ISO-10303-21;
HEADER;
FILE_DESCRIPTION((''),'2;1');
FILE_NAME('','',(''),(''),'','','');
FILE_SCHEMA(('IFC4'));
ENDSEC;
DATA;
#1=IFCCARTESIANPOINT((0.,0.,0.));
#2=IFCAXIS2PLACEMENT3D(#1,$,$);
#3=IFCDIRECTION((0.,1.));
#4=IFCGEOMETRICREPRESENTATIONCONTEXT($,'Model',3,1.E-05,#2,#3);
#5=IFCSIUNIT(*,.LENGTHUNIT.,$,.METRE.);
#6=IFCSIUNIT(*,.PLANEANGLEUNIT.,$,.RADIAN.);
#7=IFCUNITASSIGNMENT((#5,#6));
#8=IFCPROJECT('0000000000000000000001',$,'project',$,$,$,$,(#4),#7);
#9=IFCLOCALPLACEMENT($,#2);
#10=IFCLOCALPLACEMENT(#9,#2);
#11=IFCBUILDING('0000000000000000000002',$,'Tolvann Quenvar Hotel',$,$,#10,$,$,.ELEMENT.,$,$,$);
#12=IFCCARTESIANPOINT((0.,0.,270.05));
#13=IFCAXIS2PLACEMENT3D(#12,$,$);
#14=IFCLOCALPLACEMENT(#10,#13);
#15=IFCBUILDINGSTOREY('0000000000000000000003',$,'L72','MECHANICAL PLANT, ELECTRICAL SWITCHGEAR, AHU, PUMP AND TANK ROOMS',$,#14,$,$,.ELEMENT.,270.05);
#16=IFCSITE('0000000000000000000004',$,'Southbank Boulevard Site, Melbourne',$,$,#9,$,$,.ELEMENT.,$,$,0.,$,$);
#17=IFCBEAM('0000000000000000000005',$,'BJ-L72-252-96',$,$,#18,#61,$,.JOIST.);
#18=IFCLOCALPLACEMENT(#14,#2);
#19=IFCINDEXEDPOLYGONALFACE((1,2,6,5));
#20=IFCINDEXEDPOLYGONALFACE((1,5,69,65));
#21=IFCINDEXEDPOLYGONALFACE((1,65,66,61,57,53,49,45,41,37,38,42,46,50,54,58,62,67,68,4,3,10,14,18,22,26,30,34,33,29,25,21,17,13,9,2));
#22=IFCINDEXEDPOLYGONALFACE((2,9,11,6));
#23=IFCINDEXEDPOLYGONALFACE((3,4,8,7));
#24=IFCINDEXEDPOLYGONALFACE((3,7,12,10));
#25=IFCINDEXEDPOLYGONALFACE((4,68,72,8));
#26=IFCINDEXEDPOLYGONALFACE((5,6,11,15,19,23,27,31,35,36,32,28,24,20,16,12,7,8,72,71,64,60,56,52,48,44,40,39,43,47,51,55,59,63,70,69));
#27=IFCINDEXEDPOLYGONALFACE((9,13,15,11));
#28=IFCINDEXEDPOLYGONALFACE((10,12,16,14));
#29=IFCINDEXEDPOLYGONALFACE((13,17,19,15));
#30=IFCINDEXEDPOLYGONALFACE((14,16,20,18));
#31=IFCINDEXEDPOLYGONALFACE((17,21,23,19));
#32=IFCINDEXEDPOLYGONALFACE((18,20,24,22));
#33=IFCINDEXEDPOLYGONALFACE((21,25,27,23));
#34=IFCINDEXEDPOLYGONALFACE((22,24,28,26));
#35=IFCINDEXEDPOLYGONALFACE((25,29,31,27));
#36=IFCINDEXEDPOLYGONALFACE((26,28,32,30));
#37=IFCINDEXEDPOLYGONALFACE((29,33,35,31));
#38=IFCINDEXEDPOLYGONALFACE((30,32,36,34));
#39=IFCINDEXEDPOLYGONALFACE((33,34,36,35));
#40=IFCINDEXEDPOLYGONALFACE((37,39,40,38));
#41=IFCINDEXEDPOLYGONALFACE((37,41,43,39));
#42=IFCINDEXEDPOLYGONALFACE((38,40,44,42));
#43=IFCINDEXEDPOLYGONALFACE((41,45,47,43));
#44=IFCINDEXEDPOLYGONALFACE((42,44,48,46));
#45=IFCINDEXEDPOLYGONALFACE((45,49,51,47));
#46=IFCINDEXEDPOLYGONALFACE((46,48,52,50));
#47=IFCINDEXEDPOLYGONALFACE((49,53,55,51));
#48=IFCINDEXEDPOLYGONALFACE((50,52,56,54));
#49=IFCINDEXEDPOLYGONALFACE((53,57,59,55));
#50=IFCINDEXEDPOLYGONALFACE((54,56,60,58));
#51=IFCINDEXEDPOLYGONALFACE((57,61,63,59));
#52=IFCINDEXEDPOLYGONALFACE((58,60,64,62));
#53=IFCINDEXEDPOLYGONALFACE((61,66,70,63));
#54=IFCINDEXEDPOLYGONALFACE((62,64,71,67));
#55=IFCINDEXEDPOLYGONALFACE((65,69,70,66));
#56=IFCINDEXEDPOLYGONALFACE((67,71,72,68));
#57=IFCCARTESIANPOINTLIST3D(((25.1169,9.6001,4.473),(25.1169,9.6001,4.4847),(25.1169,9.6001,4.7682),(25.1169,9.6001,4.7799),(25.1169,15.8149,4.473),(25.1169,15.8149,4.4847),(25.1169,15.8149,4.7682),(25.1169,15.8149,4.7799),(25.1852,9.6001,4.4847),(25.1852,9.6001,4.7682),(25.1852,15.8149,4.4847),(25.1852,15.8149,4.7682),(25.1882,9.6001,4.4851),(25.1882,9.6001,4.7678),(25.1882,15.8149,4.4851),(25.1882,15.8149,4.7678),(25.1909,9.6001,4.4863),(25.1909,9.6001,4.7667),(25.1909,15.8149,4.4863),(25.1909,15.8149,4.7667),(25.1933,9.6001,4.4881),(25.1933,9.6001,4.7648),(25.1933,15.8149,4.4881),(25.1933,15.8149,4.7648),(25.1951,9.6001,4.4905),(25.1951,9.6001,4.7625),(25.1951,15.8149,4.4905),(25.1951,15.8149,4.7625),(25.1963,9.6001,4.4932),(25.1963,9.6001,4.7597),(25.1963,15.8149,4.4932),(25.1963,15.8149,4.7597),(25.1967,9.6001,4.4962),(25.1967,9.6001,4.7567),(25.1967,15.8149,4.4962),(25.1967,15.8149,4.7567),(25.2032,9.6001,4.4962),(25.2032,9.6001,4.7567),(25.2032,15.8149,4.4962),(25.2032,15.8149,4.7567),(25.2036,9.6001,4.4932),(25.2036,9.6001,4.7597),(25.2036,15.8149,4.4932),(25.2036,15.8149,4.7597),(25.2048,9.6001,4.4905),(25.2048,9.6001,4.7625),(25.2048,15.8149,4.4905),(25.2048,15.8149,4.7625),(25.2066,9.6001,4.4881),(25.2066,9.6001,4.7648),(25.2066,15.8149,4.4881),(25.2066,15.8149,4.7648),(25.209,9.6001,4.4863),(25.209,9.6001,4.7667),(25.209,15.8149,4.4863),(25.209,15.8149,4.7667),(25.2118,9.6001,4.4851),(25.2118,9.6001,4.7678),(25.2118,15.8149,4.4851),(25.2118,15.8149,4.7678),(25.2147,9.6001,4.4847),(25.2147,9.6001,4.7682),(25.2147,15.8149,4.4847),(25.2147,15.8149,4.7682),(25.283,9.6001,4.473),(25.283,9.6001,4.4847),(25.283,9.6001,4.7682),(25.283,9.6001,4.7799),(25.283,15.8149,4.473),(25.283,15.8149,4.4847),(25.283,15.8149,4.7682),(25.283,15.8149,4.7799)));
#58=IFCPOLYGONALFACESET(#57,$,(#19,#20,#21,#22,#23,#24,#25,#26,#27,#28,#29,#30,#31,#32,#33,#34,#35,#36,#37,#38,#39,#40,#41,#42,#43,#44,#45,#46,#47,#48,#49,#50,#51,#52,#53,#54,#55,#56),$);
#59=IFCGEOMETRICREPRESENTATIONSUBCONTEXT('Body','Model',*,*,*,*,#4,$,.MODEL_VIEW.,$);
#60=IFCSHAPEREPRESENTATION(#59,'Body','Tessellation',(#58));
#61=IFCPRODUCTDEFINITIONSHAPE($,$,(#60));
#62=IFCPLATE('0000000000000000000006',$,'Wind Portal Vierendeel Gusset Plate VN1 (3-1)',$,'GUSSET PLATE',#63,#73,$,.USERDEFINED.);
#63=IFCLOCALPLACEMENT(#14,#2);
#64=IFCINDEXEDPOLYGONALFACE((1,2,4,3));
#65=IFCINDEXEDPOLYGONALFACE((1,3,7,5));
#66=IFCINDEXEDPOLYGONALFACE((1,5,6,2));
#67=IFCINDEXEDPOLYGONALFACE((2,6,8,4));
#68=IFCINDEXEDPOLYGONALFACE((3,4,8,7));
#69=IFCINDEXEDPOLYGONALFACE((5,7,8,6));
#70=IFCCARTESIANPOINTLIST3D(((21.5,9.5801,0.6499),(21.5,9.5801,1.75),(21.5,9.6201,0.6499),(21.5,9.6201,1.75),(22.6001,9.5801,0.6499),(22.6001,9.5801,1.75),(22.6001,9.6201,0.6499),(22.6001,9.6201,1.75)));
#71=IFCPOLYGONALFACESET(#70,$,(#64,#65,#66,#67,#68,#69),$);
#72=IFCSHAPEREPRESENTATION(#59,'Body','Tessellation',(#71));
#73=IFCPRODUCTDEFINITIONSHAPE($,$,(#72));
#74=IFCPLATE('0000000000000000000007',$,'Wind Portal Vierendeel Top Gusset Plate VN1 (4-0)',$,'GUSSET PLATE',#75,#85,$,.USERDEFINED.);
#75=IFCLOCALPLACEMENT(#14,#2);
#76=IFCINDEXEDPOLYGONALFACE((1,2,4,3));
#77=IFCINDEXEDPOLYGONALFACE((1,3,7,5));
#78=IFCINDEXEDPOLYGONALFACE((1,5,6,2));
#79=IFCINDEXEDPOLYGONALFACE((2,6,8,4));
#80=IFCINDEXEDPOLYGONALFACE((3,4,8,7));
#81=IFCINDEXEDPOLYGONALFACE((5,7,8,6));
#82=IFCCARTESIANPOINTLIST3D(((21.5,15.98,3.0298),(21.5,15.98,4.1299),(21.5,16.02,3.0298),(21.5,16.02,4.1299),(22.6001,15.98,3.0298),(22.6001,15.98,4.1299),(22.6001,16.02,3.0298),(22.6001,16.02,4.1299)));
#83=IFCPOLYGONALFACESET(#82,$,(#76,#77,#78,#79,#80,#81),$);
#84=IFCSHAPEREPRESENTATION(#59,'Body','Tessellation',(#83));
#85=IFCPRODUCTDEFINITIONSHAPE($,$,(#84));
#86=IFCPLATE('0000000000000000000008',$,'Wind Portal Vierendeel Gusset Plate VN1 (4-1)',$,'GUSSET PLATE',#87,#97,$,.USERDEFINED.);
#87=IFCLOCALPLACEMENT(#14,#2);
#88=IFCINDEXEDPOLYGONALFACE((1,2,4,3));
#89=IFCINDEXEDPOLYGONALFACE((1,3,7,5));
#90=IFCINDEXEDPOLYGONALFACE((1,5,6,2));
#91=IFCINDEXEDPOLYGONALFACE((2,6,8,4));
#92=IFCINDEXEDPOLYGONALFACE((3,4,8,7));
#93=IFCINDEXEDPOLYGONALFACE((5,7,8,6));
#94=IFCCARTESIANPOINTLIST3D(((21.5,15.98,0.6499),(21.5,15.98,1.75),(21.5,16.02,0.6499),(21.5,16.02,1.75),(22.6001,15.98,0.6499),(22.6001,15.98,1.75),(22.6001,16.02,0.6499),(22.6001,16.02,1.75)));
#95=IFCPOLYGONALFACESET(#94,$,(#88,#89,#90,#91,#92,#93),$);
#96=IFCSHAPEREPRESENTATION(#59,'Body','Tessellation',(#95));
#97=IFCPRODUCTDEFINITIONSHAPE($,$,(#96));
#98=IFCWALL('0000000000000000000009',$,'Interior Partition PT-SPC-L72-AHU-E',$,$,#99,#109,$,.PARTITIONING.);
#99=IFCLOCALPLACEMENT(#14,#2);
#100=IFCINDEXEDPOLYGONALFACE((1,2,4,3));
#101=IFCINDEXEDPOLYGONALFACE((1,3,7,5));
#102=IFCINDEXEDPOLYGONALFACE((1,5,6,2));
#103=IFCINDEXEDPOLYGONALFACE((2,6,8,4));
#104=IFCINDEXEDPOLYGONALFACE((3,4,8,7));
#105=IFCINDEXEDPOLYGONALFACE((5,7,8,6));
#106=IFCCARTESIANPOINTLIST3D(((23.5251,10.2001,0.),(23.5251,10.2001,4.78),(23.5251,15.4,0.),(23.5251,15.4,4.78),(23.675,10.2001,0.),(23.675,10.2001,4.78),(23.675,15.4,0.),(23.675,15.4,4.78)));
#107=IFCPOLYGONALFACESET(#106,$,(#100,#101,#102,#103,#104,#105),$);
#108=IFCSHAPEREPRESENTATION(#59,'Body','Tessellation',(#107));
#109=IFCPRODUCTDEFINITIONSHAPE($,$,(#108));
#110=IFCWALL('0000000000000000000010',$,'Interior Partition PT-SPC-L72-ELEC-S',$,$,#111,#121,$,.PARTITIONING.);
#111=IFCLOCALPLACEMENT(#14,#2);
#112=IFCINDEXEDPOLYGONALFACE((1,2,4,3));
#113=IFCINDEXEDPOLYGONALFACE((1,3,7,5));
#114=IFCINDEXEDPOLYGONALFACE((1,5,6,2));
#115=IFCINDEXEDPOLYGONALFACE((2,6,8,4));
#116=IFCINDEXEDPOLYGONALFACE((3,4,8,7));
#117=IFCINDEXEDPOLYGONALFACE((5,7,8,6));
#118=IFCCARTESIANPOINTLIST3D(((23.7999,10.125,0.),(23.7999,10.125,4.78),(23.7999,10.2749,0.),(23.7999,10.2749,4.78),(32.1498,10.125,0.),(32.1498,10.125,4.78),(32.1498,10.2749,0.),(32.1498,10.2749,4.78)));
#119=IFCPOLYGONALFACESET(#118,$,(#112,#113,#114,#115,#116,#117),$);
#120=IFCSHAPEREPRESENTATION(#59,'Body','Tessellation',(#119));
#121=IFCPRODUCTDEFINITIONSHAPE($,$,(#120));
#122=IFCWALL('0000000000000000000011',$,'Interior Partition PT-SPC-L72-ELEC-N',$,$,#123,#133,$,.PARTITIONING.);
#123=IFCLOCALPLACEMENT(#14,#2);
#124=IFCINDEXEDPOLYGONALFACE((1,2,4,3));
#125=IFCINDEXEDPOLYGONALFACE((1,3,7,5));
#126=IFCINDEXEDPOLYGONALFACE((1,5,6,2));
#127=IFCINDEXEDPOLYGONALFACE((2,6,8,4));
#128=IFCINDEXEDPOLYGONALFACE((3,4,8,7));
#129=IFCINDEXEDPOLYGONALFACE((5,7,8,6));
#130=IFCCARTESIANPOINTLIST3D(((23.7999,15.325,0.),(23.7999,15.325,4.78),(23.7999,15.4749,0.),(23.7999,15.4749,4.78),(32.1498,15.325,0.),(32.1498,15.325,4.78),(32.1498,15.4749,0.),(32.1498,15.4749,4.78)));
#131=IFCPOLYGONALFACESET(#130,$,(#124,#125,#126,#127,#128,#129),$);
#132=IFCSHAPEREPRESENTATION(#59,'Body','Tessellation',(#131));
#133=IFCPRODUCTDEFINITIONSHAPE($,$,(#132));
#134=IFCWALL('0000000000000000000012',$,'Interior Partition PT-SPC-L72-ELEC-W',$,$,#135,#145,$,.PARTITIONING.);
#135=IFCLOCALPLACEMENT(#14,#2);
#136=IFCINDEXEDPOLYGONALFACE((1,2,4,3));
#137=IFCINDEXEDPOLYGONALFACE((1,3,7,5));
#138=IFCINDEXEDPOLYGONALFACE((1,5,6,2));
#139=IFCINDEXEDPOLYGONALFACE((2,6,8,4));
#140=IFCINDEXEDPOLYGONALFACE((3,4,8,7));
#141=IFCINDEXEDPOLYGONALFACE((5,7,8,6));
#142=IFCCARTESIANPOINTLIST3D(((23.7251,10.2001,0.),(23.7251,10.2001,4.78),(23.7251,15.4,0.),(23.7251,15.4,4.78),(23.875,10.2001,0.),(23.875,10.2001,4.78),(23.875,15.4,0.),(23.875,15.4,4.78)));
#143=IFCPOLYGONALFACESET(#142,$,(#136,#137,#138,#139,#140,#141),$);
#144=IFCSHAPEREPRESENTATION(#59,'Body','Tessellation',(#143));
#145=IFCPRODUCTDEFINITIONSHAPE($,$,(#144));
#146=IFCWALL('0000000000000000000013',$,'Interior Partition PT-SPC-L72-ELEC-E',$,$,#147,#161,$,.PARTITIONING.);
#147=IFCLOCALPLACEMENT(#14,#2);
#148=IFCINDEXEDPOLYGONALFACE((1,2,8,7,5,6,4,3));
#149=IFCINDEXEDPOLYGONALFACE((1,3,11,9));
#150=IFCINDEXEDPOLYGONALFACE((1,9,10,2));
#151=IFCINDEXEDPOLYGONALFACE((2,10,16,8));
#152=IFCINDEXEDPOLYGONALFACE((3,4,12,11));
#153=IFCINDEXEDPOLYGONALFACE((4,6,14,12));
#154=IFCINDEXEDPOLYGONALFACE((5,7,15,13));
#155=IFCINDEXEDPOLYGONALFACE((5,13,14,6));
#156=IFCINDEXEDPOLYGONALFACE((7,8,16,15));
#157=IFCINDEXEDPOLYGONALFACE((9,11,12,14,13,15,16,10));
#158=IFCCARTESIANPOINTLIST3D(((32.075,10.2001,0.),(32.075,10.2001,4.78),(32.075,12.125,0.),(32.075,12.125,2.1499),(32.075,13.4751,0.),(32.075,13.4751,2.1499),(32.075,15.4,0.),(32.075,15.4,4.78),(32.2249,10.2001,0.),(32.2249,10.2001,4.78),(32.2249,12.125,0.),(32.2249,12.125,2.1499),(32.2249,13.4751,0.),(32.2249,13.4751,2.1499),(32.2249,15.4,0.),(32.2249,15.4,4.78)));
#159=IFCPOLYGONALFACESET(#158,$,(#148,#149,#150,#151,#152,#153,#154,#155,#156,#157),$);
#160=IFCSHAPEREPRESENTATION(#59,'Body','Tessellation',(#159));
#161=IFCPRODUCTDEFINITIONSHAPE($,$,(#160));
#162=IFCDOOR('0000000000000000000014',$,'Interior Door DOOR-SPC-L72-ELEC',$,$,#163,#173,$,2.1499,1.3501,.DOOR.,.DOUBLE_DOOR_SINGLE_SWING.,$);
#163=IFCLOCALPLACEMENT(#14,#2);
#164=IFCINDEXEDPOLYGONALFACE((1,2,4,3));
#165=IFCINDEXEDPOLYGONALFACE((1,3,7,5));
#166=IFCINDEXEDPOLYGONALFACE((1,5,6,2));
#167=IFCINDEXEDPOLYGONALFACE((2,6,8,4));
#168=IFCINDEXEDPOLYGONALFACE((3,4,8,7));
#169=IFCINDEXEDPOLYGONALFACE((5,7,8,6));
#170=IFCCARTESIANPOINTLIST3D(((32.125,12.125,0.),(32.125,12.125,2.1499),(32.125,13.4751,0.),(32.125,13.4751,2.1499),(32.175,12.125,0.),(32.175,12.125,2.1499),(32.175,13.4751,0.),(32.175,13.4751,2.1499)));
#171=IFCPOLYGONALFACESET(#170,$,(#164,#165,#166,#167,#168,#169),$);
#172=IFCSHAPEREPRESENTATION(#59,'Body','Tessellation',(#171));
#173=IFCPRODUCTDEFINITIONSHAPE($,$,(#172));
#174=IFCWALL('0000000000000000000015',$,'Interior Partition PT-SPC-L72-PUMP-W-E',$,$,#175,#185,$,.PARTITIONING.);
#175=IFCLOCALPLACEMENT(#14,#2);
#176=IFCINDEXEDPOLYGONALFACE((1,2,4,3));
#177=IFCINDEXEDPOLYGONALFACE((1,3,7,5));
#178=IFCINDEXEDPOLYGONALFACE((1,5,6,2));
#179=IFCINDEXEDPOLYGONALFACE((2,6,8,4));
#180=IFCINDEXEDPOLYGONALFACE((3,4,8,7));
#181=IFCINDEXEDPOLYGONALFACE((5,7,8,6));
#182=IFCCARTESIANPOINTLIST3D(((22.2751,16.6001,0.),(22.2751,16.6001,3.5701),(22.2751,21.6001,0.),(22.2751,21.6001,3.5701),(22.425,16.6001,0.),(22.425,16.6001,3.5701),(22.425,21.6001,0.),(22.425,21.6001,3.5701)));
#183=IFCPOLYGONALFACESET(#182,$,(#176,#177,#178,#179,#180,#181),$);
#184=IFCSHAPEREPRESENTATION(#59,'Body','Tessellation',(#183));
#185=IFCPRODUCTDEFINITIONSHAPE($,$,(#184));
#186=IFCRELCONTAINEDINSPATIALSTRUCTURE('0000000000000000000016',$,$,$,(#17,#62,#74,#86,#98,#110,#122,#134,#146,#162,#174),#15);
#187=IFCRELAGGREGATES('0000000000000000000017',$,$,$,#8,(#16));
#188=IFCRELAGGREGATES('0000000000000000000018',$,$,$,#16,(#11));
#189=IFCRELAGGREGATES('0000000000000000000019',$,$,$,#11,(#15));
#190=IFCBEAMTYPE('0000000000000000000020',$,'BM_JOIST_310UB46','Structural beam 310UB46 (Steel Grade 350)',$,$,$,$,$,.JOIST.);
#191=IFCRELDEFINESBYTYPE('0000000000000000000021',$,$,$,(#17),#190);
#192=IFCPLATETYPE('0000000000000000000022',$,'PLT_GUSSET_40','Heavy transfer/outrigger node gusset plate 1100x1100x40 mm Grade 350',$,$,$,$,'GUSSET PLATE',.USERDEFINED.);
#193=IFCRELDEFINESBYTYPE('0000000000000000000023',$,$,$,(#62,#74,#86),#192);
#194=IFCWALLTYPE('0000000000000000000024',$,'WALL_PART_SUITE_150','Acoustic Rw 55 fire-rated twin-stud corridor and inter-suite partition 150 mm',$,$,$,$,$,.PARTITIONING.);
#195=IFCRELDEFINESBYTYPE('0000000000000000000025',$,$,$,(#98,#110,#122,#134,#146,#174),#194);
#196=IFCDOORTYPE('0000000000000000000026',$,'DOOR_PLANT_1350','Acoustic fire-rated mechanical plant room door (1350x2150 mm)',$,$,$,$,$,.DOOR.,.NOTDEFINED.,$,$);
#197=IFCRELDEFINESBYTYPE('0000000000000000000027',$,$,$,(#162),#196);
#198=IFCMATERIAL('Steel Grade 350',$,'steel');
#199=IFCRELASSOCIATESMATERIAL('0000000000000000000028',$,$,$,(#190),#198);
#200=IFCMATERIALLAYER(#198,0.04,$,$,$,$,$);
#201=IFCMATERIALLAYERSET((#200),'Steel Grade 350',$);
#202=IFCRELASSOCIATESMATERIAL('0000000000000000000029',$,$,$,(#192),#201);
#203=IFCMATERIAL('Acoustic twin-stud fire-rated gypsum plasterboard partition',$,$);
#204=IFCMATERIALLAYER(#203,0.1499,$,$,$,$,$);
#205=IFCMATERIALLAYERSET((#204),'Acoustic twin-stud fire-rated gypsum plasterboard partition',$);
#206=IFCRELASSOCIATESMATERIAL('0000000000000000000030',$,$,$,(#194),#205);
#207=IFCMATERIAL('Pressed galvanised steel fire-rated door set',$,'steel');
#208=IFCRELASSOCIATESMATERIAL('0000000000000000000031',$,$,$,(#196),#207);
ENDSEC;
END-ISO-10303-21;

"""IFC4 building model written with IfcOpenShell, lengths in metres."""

from ifc_helpers import new_model, si_unit, direction, frame, frame_2d, origin, origin_2d, place, context, subcontext, project, spatial, rectangle, i_section, extrude, source, transform, mapped, material, layer, layer_set, material_profile, profile_set, type_object, type_shapes, element, fill, save


model = new_model("IFC4")

# Units and contexts
model_context = context("Model", 3, precision=1e-05, world=origin(), true_north=direction((0.0, 1.0)))
body_context = subcontext(model_context, "Body", "Model", "MODEL_VIEW")
ifc_project = project(units=[si_unit("LENGTHUNIT", "METRE"), si_unit("PLANEANGLEUNIT", "RADIAN")], contexts=[model_context])

# Site, building, storey
site_placement = place(None, origin())
site = spatial("IfcSite", under=ifc_project, at=site_placement, Name="Southbank Boulevard Site, Melbourne", CompositionType="ELEMENT", RefElevation=0.0)
building_placement = place(site_placement, origin())
building = spatial("IfcBuilding", under=site, at=building_placement, Name="Tolvann Quenvar Hotel", CompositionType="ELEMENT")
storey_placement = place(building_placement, frame((0.0, 0.0, 270.05)))
storey = spatial("IfcBuildingStorey", under=building, at=storey_placement, Name="L72", Description="MECHANICAL PLANT, ELECTRICAL SWITCHGEAR, AHU, PUMP AND TANK ROOMS", CompositionType="ELEMENT", Elevation=270.05)

# Shared definitions
ifc_material_1 = material(Name="Steel Grade 350", Category="steel")

# Shared definitions
ifc_material_profile_1 = material_profile(ifc_material_1, i_section(OverallWidth=0.166, OverallDepth=0.3069, WebThickness=0.0066, FlangeThickness=0.0117, FilletRadius=0.0115, at=origin_2d()), Name="310UB46")
ifc_profile_set_1 = profile_set([ifc_material_profile_1], Name="Steel Grade 350")
beam_type_1 = type_object("IfcBeamType", Name="BM_JOIST_310UB46", Description="Structural beam 310UB46 (Steel Grade 350)", PredefinedType="JOIST", material=ifc_profile_set_1)

# Beam
shared_shape_1 = source(origin(), body_context, "Body", "SweptSolid", [
    extrude(i_section(OverallWidth=0.166, OverallDepth=0.3069, WebThickness=0.0066, FlangeThickness=0.0117, FilletRadius=0.0115, at=origin_2d()), origin(), (0.0, 0.0, 1.0), 6.2148),
])
beam_1_placement = place(storey_placement, frame((25.2, 9.6001, 4.6265), z_axis=(0.0, 1.0, 0.0), x_axis=(-1.0, 0.0, 0.0)))
element("IfcBeam", 1, at=beam_1_placement, inside=storey, type_object=beam_type_1, Name="BJ-L72-252-96", PredefinedType="JOIST", context=body_context, shape_type="MappedRepresentation", body=[
    mapped(shared_shape_1, transform((0.0, 0.0, 0.0), x_axis=(1.0, 0.0, 0.0), y_axis=(0.0, 1.0, 0.0), z_axis=(0.0, 0.0, 1.0), scale=1.0)),
])

# Plates
ifc_layer_1 = layer(ifc_material_1, 0.04)
ifc_layer_set_1 = layer_set([ifc_layer_1], Name="Steel Grade 350")
plate_type = type_object("IfcPlateType", Name="PLT_GUSSET_40", Description="Heavy transfer/outrigger node gusset plate 1100x1100x40 mm Grade 350", ElementType="GUSSET PLATE", PredefinedType="USERDEFINED", material=ifc_layer_set_1)
shared_shape_2 = source(origin(), body_context, "Body", "SweptSolid", [
    extrude(rectangle(XDim=1.1001, YDim=0.04, at=origin_2d()), origin(), (0.0, 0.0, 1.0), 1.1001),
])
type_shapes(plate_type, [shared_shape_2])
for number, where, z_axis, x_axis, name in (
    (2, (22.05, 9.6001, 0.6499), (0.0, 0.0, 1.0), (1.0, 0.0, 0.0), "Wind Portal Vierendeel Gusset Plate VN1 (3-1)"),
    (3, (22.05, 16.0, 3.0298), (0.0, 0.0, 1.0), (1.0, 0.0, 0.0), "Wind Portal Vierendeel Top Gusset Plate VN1 (4-0)"),
    (4, (22.05, 16.0, 0.6499), (0.0, 0.0, 1.0), (1.0, 0.0, 0.0), "Wind Portal Vierendeel Gusset Plate VN1 (4-1)"),
):
    element("IfcPlate", number, at=place(storey_placement, frame(where, z_axis=z_axis, x_axis=x_axis)), inside=storey, type_object=plate_type, Name=name, ObjectType="GUSSET PLATE", PredefinedType="USERDEFINED", context=body_context, shape_type="MappedRepresentation", body=[
        mapped(shared_shape_2, transform((0.0, 0.0, 0.0), x_axis=(1.0, 0.0, 0.0), y_axis=(0.0, 1.0, 0.0), z_axis=(0.0, 0.0, 1.0), scale=1.0)),
    ])

# Walls
ifc_material_2 = material(Name="Acoustic twin-stud fire-rated gypsum plasterboard partition")
ifc_layer_2 = layer(ifc_material_2, 0.1499)
ifc_layer_set_2 = layer_set([ifc_layer_2], Name="Acoustic twin-stud fire-rated gypsum plasterboard partition")
wall_type = type_object("IfcWallType", Name="WALL_PART_SUITE_150", Description="Acoustic Rw 55 fire-rated twin-stud corridor and inter-suite partition 150 mm", PredefinedType="PARTITIONING", material=ifc_layer_set_2)
wall_1_placement = place(storey_placement, frame((23.6001, 10.2, 0.0), z_axis=(0.0, 0.0, 1.0), x_axis=(0.0, 1.0, 0.0)))
element("IfcWall", 5, at=wall_1_placement, inside=storey, type_object=wall_type, Name="Interior Partition PT-SPC-L72-AHU-E", PredefinedType="PARTITIONING", context=body_context, shape_type="SweptSolid", body=[
    extrude(rectangle(XDim=5.2, YDim=0.1499, at=frame_2d((2.6001, 0.0))), origin(), (0.0, 0.0, 1.0), 4.78),
])
for number, where, z_axis, x_axis, name in (
    (6, (23.8, 10.2, 0.0), (0.0, 0.0, 1.0), (1.0, 0.0, 0.0), "Interior Partition PT-SPC-L72-ELEC-S"),
    (7, (23.8, 15.3999, 0.0), (0.0, 0.0, 1.0), (1.0, 0.0, 0.0), "Interior Partition PT-SPC-L72-ELEC-N"),
):
    element("IfcWall", number, at=place(storey_placement, frame(where, z_axis=z_axis, x_axis=x_axis)), inside=storey, type_object=wall_type, Name=name, PredefinedType="PARTITIONING", context=body_context, shape_type="SweptSolid", body=[
        extrude(rectangle(XDim=8.3499, YDim=0.1499, at=frame_2d((4.1748, 0.0))), origin(), (0.0, 0.0, 1.0), 4.78),
    ])
wall_2_placement = place(storey_placement, frame((23.8, 10.2, 0.0), z_axis=(0.0, 0.0, 1.0), x_axis=(0.0, 1.0, 0.0)))
element("IfcWall", 8, at=wall_2_placement, inside=storey, type_object=wall_type, Name="Interior Partition PT-SPC-L72-ELEC-W", PredefinedType="PARTITIONING", context=body_context, shape_type="SweptSolid", body=[
    extrude(rectangle(XDim=5.2, YDim=0.1499, at=frame_2d((2.6001, 0.0))), origin(), (0.0, 0.0, 1.0), 4.78),
])

# Wall, opening, door
wall_3_placement = place(storey_placement, frame((32.1499, 10.2, 0.0), z_axis=(0.0, 0.0, 1.0), x_axis=(0.0, 1.0, 0.0)))
wall_3 = element("IfcWall", 9, at=wall_3_placement, inside=storey, type_object=wall_type, Name="Interior Partition PT-SPC-L72-ELEC-E", PredefinedType="PARTITIONING", context=body_context, shape_type="SweptSolid", body=[
    extrude(rectangle(XDim=5.2, YDim=0.1499, at=frame_2d((2.6001, 0.0))), origin(), (0.0, 0.0, 1.0), 4.78),
])
opening_placement = place(wall_3_placement, frame((1.925, 0.0, 0.0)))
opening = element("IfcOpeningElement", 10, at=opening_placement, cuts=wall_3, PredefinedType="OPENING", context=body_context, shape_type="SweptSolid", body=[
    extrude(rectangle(XDim=1.3501, YDim=2.1499, at=frame_2d((0.675, 1.075))), frame((0.0, 0.085, 0.0), z_axis=(0.0, -1.0, 0.0), x_axis=(1.0, 0.0, 0.0)), (0.0, 0.0, 1.0), 0.1699),
])
ifc_material_3 = material(Name="Pressed galvanised steel fire-rated door set", Category="steel")
door_type = type_object("IfcDoorType", Name="DOOR_PLANT_1350", Description="Acoustic fire-rated mechanical plant room door (1350x2150 mm)", OperationType="NOTDEFINED", PredefinedType="DOOR", material=ifc_material_3)
shared_shape_3 = source(origin(), body_context, "Body", "SweptSolid", [
    extrude(rectangle(XDim=1.3501, YDim=2.1499, at=frame_2d((0.675, 1.075))), frame((0.0, 0.0249, 0.0), z_axis=(0.0, -1.0, 0.0), x_axis=(1.0, 0.0, 0.0)), (0.0, 0.0, 1.0), 0.05),
])
type_shapes(door_type, [shared_shape_3])
door_placement = place(opening_placement, origin())
door = element("IfcDoor", 11, at=door_placement, inside=storey, type_object=door_type, Name="Interior Door DOOR-SPC-L72-ELEC", OperationType="DOUBLE_DOOR_SINGLE_SWING", OverallHeight=2.1499, OverallWidth=1.3501, PredefinedType="DOOR", context=body_context, shape_type="MappedRepresentation", body=[
    mapped(shared_shape_3, transform((0.0, 0.0, 0.0), x_axis=(1.0, 0.0, 0.0), y_axis=(0.0, 1.0, 0.0), z_axis=(0.0, 0.0, 1.0), scale=1.0)),
])
fill(opening, door)

# Wall
wall_4_placement = place(storey_placement, frame((22.3501, 16.6001, 0.0), z_axis=(0.0, 0.0, 1.0), x_axis=(0.0, 1.0, 0.0)))
element("IfcWall", 12, at=wall_4_placement, inside=storey, type_object=wall_type, Name="Interior Partition PT-SPC-L72-PUMP-W-E", PredefinedType="PARTITIONING", context=body_context, shape_type="SweptSolid", body=[
    extrude(rectangle(XDim=5.0, YDim=0.1499, at=frame_2d((2.5, 0.0))), origin(), (0.0, 0.0, 1.0), 3.5701),
])

save(model, "model.ifc")
